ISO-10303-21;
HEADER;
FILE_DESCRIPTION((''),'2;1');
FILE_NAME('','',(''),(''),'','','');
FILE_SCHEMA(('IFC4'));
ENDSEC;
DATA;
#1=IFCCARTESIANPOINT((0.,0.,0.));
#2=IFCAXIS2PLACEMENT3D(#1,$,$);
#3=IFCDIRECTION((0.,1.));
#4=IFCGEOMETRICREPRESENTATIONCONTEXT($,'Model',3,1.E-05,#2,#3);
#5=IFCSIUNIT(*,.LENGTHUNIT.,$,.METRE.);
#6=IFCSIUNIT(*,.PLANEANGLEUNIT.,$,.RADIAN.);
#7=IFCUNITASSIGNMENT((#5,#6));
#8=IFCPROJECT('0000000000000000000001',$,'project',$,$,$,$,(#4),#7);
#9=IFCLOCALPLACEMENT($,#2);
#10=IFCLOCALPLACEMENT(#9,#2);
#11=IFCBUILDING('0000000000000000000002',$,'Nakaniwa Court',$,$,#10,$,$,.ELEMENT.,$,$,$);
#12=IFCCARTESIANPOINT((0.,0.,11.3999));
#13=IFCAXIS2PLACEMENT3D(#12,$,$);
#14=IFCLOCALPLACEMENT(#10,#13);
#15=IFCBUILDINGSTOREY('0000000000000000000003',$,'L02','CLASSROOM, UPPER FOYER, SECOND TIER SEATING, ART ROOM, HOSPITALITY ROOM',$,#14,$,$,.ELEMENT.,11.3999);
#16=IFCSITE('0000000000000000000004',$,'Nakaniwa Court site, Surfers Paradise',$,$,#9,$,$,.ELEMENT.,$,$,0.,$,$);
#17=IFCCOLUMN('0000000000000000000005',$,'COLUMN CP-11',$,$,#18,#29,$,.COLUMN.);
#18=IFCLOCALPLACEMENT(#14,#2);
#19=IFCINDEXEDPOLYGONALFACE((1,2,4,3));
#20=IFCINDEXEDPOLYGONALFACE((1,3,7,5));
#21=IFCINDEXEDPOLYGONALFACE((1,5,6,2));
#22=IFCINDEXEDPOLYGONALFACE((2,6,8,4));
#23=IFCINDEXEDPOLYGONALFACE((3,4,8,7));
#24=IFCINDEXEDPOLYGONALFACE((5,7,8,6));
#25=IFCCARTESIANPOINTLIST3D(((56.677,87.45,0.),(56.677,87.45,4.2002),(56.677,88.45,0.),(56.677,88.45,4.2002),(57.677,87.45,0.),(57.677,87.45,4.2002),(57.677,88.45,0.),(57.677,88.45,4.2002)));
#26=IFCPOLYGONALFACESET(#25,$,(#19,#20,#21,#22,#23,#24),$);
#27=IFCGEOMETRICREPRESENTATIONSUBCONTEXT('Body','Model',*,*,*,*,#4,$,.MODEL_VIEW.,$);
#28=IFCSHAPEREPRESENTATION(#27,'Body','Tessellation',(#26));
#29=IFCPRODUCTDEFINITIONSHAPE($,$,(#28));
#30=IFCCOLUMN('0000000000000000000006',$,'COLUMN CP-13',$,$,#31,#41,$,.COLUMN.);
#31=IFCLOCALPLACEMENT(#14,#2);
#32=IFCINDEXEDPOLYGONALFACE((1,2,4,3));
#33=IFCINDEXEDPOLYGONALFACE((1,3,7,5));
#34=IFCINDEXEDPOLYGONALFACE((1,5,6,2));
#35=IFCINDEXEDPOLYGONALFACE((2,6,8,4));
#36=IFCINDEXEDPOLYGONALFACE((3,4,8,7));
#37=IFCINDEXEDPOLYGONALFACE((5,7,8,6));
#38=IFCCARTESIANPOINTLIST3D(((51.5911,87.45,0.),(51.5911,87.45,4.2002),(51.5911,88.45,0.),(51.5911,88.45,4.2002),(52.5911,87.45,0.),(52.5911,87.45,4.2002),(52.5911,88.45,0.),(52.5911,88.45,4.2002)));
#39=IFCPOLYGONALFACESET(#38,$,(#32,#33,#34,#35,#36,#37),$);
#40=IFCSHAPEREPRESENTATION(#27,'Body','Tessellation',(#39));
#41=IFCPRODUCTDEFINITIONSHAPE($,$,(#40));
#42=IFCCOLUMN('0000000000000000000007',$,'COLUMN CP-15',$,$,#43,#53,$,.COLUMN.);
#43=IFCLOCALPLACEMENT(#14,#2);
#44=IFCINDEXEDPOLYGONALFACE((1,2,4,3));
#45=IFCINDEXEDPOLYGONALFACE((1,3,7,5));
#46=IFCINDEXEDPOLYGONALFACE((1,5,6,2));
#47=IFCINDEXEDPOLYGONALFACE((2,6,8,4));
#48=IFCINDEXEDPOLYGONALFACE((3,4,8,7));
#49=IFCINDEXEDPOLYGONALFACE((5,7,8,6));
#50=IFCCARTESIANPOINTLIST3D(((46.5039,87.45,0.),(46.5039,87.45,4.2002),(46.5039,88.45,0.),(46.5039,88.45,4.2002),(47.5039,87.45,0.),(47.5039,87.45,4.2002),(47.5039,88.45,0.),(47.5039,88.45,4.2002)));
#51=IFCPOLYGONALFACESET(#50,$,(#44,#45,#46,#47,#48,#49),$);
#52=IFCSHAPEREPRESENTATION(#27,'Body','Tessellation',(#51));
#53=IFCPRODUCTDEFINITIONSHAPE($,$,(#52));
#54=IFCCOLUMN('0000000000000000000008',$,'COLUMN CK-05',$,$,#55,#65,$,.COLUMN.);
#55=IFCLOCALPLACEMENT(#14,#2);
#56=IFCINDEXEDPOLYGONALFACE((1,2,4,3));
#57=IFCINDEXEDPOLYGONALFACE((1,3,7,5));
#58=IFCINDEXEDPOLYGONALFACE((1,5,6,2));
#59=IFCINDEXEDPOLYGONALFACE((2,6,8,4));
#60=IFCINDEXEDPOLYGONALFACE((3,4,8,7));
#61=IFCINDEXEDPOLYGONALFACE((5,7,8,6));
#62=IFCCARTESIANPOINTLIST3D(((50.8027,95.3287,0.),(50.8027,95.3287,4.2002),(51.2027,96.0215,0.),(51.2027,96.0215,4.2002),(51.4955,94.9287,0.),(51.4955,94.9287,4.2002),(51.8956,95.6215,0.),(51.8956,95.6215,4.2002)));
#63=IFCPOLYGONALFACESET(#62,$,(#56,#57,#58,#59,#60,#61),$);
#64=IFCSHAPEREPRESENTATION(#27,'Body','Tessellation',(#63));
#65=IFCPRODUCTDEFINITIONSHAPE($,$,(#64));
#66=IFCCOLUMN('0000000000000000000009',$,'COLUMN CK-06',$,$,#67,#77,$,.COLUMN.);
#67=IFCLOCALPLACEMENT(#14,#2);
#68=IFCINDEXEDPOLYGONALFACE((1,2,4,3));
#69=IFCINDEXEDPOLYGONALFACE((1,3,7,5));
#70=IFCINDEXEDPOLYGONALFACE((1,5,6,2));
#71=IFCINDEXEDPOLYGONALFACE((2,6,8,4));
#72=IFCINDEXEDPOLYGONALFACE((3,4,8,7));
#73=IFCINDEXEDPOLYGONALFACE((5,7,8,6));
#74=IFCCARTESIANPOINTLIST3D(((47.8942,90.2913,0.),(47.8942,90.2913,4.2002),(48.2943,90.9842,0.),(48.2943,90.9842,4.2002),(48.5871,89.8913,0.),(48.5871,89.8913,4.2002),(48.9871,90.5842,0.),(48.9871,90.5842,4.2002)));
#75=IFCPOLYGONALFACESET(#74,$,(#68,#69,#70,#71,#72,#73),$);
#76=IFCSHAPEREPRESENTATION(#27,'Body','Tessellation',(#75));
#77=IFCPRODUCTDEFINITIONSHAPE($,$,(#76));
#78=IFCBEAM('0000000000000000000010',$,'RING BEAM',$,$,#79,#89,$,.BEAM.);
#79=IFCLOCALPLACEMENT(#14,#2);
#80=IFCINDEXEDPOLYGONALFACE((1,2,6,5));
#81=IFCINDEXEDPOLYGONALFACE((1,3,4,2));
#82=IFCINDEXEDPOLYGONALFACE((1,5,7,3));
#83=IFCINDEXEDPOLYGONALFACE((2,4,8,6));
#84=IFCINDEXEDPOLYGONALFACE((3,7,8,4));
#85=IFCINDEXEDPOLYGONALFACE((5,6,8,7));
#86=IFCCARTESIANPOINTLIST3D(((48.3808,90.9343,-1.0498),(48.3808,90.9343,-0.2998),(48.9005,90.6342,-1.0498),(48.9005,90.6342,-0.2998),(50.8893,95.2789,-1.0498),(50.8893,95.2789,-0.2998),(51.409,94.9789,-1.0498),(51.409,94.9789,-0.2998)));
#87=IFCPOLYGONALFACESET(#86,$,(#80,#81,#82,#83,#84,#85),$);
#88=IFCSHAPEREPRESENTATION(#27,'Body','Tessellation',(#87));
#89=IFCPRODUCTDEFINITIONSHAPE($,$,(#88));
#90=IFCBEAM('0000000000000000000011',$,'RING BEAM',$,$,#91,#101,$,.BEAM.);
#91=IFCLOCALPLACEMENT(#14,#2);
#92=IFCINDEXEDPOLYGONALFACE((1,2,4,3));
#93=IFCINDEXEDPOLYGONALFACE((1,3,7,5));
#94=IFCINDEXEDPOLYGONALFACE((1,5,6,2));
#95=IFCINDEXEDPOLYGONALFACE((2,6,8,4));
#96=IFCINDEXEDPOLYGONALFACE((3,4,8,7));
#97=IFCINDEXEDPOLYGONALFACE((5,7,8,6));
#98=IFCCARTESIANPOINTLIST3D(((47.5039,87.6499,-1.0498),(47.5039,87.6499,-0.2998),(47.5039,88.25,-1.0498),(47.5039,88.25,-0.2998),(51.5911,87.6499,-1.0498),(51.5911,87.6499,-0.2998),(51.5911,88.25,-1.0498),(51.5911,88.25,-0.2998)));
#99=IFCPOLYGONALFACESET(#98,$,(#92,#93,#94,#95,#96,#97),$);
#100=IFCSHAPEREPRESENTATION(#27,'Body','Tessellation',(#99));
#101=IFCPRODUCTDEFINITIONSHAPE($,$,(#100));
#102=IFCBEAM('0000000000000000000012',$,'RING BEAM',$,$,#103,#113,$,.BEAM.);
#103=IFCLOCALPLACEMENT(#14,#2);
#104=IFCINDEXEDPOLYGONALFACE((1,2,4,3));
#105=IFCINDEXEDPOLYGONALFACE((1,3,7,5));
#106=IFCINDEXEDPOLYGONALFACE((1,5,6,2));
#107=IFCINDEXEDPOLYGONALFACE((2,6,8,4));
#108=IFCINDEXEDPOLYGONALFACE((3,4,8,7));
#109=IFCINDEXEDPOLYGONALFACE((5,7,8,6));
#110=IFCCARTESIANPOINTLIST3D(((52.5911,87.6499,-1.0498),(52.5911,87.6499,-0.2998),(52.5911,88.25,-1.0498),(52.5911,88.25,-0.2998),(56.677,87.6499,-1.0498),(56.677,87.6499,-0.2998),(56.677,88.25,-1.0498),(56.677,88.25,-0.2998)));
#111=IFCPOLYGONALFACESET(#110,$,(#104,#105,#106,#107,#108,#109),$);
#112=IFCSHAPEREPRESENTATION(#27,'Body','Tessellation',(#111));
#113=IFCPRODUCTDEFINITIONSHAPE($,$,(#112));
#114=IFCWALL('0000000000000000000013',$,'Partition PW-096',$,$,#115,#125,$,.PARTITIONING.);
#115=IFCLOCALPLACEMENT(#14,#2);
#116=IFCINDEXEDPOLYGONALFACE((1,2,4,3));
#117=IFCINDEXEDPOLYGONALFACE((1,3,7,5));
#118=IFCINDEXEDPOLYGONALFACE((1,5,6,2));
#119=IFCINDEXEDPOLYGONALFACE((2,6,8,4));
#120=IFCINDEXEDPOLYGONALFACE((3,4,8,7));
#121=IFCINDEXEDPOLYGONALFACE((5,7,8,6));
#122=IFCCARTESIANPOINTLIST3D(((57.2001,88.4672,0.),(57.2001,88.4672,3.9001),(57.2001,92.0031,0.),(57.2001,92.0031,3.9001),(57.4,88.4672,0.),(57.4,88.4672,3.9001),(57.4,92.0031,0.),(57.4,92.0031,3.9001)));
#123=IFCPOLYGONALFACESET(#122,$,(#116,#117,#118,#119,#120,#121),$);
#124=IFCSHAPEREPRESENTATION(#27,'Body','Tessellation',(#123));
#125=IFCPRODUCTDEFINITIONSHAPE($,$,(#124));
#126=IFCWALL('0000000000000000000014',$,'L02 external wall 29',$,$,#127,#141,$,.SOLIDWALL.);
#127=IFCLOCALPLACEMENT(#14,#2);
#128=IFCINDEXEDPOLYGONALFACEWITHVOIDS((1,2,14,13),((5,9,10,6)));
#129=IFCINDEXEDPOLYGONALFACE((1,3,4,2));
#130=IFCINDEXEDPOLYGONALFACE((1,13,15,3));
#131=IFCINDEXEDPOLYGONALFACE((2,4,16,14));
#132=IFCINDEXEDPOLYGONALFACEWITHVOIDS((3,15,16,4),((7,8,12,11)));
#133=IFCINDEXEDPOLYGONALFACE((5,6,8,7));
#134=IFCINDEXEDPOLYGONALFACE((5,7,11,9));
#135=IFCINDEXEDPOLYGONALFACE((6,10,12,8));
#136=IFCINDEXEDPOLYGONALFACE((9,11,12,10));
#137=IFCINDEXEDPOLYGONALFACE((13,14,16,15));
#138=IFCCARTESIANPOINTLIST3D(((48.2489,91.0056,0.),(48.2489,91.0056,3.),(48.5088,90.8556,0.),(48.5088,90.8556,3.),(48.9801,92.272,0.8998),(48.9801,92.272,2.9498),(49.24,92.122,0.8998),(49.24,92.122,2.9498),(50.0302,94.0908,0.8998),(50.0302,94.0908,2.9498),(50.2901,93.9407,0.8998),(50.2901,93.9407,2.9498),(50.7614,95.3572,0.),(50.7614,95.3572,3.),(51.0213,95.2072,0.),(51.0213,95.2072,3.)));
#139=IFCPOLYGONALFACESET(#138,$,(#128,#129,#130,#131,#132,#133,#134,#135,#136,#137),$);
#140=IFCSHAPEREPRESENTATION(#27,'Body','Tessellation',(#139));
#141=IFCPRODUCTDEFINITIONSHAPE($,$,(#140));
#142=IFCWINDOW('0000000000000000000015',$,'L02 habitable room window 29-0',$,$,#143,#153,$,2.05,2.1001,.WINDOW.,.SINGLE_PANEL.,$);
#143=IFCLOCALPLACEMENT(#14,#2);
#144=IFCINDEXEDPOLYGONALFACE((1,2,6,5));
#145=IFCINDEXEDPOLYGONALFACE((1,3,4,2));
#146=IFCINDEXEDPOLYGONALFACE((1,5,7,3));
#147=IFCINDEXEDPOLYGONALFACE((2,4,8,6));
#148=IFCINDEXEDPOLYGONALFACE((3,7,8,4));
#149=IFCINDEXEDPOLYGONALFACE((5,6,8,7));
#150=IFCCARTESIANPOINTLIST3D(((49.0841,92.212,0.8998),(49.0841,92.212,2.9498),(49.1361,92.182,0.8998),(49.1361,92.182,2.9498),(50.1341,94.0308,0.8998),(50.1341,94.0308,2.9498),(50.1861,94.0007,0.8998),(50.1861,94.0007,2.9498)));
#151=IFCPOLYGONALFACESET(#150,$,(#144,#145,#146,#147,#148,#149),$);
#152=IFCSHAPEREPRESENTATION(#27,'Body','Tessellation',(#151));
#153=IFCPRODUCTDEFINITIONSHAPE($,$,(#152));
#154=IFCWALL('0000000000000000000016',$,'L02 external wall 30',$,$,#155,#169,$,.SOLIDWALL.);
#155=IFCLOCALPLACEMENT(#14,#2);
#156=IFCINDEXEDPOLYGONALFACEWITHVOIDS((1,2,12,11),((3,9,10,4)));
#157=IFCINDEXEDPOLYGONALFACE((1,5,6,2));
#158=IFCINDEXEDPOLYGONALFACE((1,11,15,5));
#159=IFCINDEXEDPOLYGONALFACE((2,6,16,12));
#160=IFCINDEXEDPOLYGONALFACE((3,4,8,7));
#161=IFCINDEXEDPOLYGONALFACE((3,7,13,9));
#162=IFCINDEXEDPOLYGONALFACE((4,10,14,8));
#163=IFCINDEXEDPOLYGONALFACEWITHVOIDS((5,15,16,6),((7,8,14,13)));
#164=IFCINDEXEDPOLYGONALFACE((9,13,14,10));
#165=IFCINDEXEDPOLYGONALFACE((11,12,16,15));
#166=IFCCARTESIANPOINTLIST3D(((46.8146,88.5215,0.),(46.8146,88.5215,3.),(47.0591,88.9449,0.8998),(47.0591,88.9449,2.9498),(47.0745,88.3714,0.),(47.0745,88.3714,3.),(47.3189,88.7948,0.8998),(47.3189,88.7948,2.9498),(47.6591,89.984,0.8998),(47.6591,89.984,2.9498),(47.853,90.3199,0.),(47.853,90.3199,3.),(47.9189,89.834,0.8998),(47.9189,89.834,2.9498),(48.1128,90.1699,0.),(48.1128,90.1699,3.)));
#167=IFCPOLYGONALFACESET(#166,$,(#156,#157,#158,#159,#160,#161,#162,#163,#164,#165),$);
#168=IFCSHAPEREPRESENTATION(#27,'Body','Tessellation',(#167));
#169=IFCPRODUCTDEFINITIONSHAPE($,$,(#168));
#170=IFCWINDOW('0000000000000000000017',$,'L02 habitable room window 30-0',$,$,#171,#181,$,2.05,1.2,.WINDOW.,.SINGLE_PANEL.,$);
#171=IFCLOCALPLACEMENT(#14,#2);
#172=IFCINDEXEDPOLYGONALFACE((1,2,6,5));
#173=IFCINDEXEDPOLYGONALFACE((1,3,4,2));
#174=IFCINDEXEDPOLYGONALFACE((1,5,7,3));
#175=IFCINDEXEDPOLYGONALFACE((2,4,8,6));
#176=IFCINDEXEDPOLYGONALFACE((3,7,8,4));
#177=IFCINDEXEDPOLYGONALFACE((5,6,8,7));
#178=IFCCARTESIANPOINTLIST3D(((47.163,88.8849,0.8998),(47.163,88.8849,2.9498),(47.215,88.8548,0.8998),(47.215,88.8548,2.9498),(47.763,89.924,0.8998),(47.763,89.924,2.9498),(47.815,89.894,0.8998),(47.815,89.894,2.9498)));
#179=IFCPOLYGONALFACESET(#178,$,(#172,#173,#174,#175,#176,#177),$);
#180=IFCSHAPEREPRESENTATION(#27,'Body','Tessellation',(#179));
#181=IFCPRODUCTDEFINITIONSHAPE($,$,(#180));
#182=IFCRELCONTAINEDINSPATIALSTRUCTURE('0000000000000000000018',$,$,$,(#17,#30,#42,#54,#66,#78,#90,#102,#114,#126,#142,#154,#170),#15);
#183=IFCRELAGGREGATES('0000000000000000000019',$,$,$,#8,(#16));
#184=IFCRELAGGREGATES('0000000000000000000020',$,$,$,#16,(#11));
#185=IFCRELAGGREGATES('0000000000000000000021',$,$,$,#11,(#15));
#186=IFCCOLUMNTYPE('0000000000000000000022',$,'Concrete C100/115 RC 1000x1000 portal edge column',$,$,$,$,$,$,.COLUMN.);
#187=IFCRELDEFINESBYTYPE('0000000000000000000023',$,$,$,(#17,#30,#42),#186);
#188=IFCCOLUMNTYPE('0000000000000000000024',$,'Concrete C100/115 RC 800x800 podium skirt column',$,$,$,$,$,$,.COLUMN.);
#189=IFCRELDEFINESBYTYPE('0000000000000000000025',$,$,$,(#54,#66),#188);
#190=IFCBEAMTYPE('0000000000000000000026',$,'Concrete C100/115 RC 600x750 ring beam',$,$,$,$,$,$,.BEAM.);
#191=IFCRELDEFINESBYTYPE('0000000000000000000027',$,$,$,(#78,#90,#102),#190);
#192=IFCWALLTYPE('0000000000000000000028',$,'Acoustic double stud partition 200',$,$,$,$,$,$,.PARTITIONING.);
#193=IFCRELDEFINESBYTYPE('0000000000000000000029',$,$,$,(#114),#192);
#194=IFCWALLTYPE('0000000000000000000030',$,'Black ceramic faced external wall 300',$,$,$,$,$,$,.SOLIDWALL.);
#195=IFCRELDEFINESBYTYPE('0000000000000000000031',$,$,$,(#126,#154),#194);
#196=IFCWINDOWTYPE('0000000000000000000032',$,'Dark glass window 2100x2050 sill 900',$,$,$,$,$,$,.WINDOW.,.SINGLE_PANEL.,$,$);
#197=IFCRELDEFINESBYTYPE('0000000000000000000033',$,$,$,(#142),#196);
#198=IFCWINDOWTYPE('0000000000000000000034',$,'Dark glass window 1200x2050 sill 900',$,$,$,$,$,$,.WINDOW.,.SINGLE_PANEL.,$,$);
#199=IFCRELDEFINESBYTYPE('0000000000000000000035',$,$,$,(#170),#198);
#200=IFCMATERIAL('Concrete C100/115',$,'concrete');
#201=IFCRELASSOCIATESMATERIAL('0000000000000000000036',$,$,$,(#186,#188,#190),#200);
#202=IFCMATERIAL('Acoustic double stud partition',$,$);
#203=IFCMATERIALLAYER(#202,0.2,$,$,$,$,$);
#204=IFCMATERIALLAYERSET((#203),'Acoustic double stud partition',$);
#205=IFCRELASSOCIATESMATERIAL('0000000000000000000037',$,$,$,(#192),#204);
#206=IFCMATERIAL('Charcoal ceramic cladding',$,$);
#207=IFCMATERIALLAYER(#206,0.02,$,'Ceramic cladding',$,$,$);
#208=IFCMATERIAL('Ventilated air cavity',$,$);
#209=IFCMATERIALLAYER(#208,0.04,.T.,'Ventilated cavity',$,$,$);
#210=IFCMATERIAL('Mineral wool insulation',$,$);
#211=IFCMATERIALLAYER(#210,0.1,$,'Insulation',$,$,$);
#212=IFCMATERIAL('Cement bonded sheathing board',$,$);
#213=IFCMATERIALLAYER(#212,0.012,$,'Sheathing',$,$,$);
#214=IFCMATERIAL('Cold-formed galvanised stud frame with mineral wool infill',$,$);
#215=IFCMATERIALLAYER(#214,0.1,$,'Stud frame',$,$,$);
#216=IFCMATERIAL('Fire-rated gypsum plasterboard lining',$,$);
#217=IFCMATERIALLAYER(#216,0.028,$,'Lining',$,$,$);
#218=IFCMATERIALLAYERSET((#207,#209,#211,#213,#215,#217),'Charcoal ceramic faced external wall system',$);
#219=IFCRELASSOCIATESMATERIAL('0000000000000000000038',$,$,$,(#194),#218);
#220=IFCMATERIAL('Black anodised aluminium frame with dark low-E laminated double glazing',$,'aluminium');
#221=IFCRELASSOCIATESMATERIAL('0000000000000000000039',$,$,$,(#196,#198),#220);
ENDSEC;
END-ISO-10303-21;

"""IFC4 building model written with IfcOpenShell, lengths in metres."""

from ifc_helpers import new_model, si_unit, direction, frame, frame_2d, origin, origin_2d, place, context, subcontext, project, spatial, rectangle, extrude, material, layer, layer_set, material_profile, profile_set, type_object, element, fill, save


model = new_model("IFC4")

# Units and contexts
model_context = context("Model", 3, precision=1e-05, world=origin(), true_north=direction((0.0, 1.0)))
body_context = subcontext(model_context, "Body", "Model", "MODEL_VIEW")
ifc_project = project(units=[si_unit("LENGTHUNIT", "METRE"), si_unit("PLANEANGLEUNIT", "RADIAN")], contexts=[model_context])

# Site, building, storey
site_placement = place(None, origin())
site = spatial("IfcSite", under=ifc_project, at=site_placement, Name="Nakaniwa Court site, Surfers Paradise", CompositionType="ELEMENT", RefElevation=0.0)
building_placement = place(site_placement, origin())
building = spatial("IfcBuilding", under=site, at=building_placement, Name="Nakaniwa Court", CompositionType="ELEMENT")
storey_placement = place(building_placement, frame((0.0, 0.0, 11.3999)))
storey = spatial("IfcBuildingStorey", under=building, at=storey_placement, Name="L02", Description="CLASSROOM, UPPER FOYER, SECOND TIER SEATING, ART ROOM, HOSPITALITY ROOM", CompositionType="ELEMENT", Elevation=11.3999)

# Columns
ifc_material_1 = material(Name="Concrete C100/115", Category="concrete")
ifc_material_profile_1 = material_profile(ifc_material_1, rectangle(XDim=1.0, YDim=1.0, at=origin_2d()), Name="Concrete C100/115 RC 1000x1000 portal edge column")
ifc_profile_set_1 = profile_set([ifc_material_profile_1], Name="Concrete C100/115")
column_type_1 = type_object("IfcColumnType", Name="Concrete C100/115 RC 1000x1000 portal edge column", PredefinedType="COLUMN", material=ifc_profile_set_1)
for number, where, z_axis, x_axis, name in (
    (1, (57.177, 87.95, 0.0), (0.0, 0.0, 1.0), (1.0, 0.0, 0.0), "COLUMN CP-11"),
    (2, (52.0911, 87.95, 0.0), (0.0, 0.0, 1.0), (1.0, 0.0, 0.0), "COLUMN CP-13"),
    (3, (47.0039, 87.95, 0.0), (0.0, 0.0, 1.0), (1.0, 0.0, 0.0), "COLUMN CP-15"),
):
    element("IfcColumn", number, at=place(storey_placement, frame(where, z_axis=z_axis, x_axis=x_axis)), inside=storey, type_object=column_type_1, Name=name, PredefinedType="COLUMN", context=body_context, shape_type="SweptSolid", body=[
        extrude(rectangle(XDim=1.0, YDim=1.0, at=origin_2d()), origin(), (0.0, 0.0, 1.0), 4.2002),
    ])
ifc_material_profile_2 = material_profile(ifc_material_1, rectangle(XDim=0.8, YDim=0.8, at=origin_2d()), Name="Concrete C100/115 RC 800x800 podium skirt column")
ifc_profile_set_2 = profile_set([ifc_material_profile_2], Name="Concrete C100/115")
column_type_2 = type_object("IfcColumnType", Name="Concrete C100/115 RC 800x800 podium skirt column", PredefinedType="COLUMN", material=ifc_profile_set_2)
for number, where, z_axis, x_axis, name in (
    (4, (51.3491, 95.4751, 0.0), (0.0, 0.0, 1.0), (-0.5, -0.866025, 0.0), "COLUMN CK-05"),
    (5, (48.4407, 90.4377, 0.0), (0.0, 0.0, 1.0), (-0.5, -0.866025, 0.0), "COLUMN CK-06"),
):
    element("IfcColumn", number, at=place(storey_placement, frame(where, z_axis=z_axis, x_axis=x_axis)), inside=storey, type_object=column_type_2, Name=name, PredefinedType="COLUMN", context=body_context, shape_type="SweptSolid", body=[
        extrude(rectangle(XDim=0.8, YDim=0.8, at=origin_2d()), origin(), (0.0, 0.0, 1.0), 4.2002),
    ])

# Beams
ifc_material_profile_3 = material_profile(ifc_material_1, rectangle(XDim=0.6001, YDim=0.75, at=origin_2d()), Name="Concrete C100/115 RC 600x750 ring beam")
ifc_profile_set_3 = profile_set([ifc_material_profile_3], Name="Concrete C100/115")
beam_type = type_object("IfcBeamType", Name="Concrete C100/115 RC 600x750 ring beam", PredefinedType="BEAM", material=ifc_profile_set_3)
beam_1_placement = place(storey_placement, frame((51.1492, 95.1289, -0.6748), z_axis=(-0.500017, -0.866015, 0.0), x_axis=(0.866015, -0.500017, 0.0)))
element("IfcBeam", 6, at=beam_1_placement, inside=storey, type_object=beam_type, Name="RING BEAM", PredefinedType="BEAM", context=body_context, shape_type="SweptSolid", body=[
    extrude(rectangle(XDim=0.6001, YDim=0.75, at=origin_2d()), origin(), (0.0, 0.0, 1.0), 5.0168),
])
beam_2_placement = place(storey_placement, frame((47.5039, 87.95, -0.6748), z_axis=(1.0, 0.0, 0.0), x_axis=(0.0, 1.0, 0.0)))
element("IfcBeam", 7, at=beam_2_placement, inside=storey, type_object=beam_type, Name="RING BEAM", PredefinedType="BEAM", context=body_context, shape_type="SweptSolid", body=[
    extrude(rectangle(XDim=0.6001, YDim=0.75, at=origin_2d()), origin(), (0.0, 0.0, 1.0), 4.0872),
])
beam_3_placement = place(storey_placement, frame((52.5911, 87.95, -0.6748), z_axis=(1.0, 0.0, 0.0), x_axis=(0.0, 1.0, 0.0)))
element("IfcBeam", 8, at=beam_3_placement, inside=storey, type_object=beam_type, Name="RING BEAM", PredefinedType="BEAM", context=body_context, shape_type="SweptSolid", body=[
    extrude(rectangle(XDim=0.6001, YDim=0.75, at=origin_2d()), origin(), (0.0, 0.0, 1.0), 4.0859),
])

# Wall
ifc_material_2 = material(Name="Acoustic double stud partition")
ifc_layer_1 = layer(ifc_material_2, 0.2)
ifc_layer_set_1 = layer_set([ifc_layer_1], Name="Acoustic double stud partition")
wall_type_1 = type_object("IfcWallType", Name="Acoustic double stud partition 200", PredefinedType="PARTITIONING", material=ifc_layer_set_1)
wall_1_placement = place(storey_placement, frame((57.3, 88.467, 0.0), z_axis=(0.0, 0.0, 1.0), x_axis=(0.0, 1.0, 0.0)))
element("IfcWall", 9, at=wall_1_placement, inside=storey, type_object=wall_type_1, Name="Partition PW-096", PredefinedType="PARTITIONING", context=body_context, shape_type="SweptSolid", body=[
    extrude(rectangle(XDim=3.5359, YDim=0.2, at=frame_2d((1.7681, 0.0))), origin(), (0.0, 0.0, 1.0), 3.9001),
])

# Walls, openings, windows
ifc_material_3 = material(Name="Charcoal ceramic cladding")
ifc_layer_2 = layer(ifc_material_3, 0.02, Name="Ceramic cladding")
ifc_material_4 = material(Name="Ventilated air cavity")
ifc_layer_3 = layer(ifc_material_4, 0.04, ventilated=True, Name="Ventilated cavity")
ifc_material_5 = material(Name="Mineral wool insulation")
ifc_layer_4 = layer(ifc_material_5, 0.1, Name="Insulation")
ifc_material_6 = material(Name="Cement bonded sheathing board")
ifc_layer_5 = layer(ifc_material_6, 0.012, Name="Sheathing")
ifc_material_7 = material(Name="Cold-formed galvanised stud frame with mineral wool infill")
ifc_layer_6 = layer(ifc_material_7, 0.1, Name="Stud frame")
ifc_material_8 = material(Name="Fire-rated gypsum plasterboard lining")
ifc_layer_7 = layer(ifc_material_8, 0.028, Name="Lining")
ifc_layer_set_2 = layer_set([ifc_layer_2, ifc_layer_3, ifc_layer_4, ifc_layer_5, ifc_layer_6, ifc_layer_7], Name="Charcoal ceramic faced external wall system")
wall_type_2 = type_object("IfcWallType", Name="Black ceramic faced external wall 300", PredefinedType="SOLIDWALL", material=ifc_layer_set_2)
wall_2_placement = place(storey_placement, frame((50.8914, 95.2822, 0.0), z_axis=(0.0, 0.0, 1.0), x_axis=(-0.500011, -0.866019, 0.0)))
wall_2 = element("IfcWall", 10, at=wall_2_placement, inside=storey, type_object=wall_type_2, Name="L02 external wall 29", PredefinedType="SOLIDWALL", context=body_context, shape_type="SweptSolid", body=[
    extrude(rectangle(XDim=5.0249, YDim=0.3, at=frame_2d((2.5125, 0.0))), origin(), (0.0, 0.0, 1.0), 3.0),
])
opening_1_placement = place(wall_2_placement, frame((1.4624, 0.0, 0.8999)))
opening_1 = element("IfcOpeningElement", 11, at=opening_1_placement, cuts=wall_2, PredefinedType="OPENING", context=body_context, shape_type="SweptSolid", body=[
    extrude(rectangle(XDim=2.1001, YDim=2.05, at=frame_2d((1.05, 1.0249))), frame((0.0, 0.1599, 0.0), z_axis=(0.0, -1.0, 0.0), x_axis=(1.0, 0.0, 0.0)), (0.0, 0.0, 1.0), 0.3201),
])
ifc_material_9 = material(Name="Black anodised aluminium frame with dark low-E laminated double glazing", Category="aluminium")
window_type_1 = type_object("IfcWindowType", Name="Dark glass window 2100x2050 sill 900", PartitioningType="SINGLE_PANEL", PredefinedType="WINDOW", material=ifc_material_9)
window_1_placement = place(opening_1_placement, origin())
window_1 = element("IfcWindow", 12, at=window_1_placement, inside=storey, type_object=window_type_1, Name="L02 habitable room window 29-0", OverallHeight=2.05, OverallWidth=2.1001, PartitioningType="SINGLE_PANEL", PredefinedType="WINDOW", context=body_context, shape_type="SweptSolid", body=[
    extrude(rectangle(XDim=2.1001, YDim=2.05, at=frame_2d((1.05, 1.0249))), frame((0.0, 0.03, 0.0), z_axis=(0.0, -1.0, 0.0), x_axis=(1.0, 0.0, 0.0)), (0.0, 0.0, 1.0), 0.0601),
])
fill(opening_1, window_1)
wall_3_placement = place(storey_placement, frame((47.9829, 90.2449, 0.0), z_axis=(0.0, 0.0, 1.0), x_axis=(-0.500021, -0.866013, 0.0)))
wall_3 = element("IfcWall", 13, at=wall_3_placement, inside=storey, type_object=wall_type_2, Name="L02 external wall 30", PredefinedType="SOLIDWALL", context=body_context, shape_type="SweptSolid", body=[
    extrude(rectangle(XDim=2.0767, YDim=0.3, at=frame_2d((1.0383, 0.0))), origin(), (0.0, 0.0, 1.0), 3.0),
])
opening_2_placement = place(wall_3_placement, frame((0.3877, 0.0, 0.8999)))
opening_2 = element("IfcOpeningElement", 14, at=opening_2_placement, cuts=wall_3, PredefinedType="OPENING", context=body_context, shape_type="SweptSolid", body=[
    extrude(rectangle(XDim=1.2, YDim=2.05, at=frame_2d((0.6001, 1.0249))), frame((0.0, 0.1599, 0.0), z_axis=(0.0, -1.0, 0.0), x_axis=(1.0, 0.0, 0.0)), (0.0, 0.0, 1.0), 0.3201),
])
window_type_2 = type_object("IfcWindowType", Name="Dark glass window 1200x2050 sill 900", PartitioningType="SINGLE_PANEL", PredefinedType="WINDOW", material=ifc_material_9)
window_2_placement = place(opening_2_placement, origin())
window_2 = element("IfcWindow", 15, at=window_2_placement, inside=storey, type_object=window_type_2, Name="L02 habitable room window 30-0", OverallHeight=2.05, OverallWidth=1.2, PartitioningType="SINGLE_PANEL", PredefinedType="WINDOW", context=body_context, shape_type="SweptSolid", body=[
    extrude(rectangle(XDim=1.2, YDim=2.05, at=frame_2d((0.6001, 1.0249))), frame((0.0, 0.03, 0.0), z_axis=(0.0, -1.0, 0.0), x_axis=(1.0, 0.0, 0.0)), (0.0, 0.0, 1.0), 0.0601),
])
fill(opening_2, window_2)

save(model, "model.ifc")
